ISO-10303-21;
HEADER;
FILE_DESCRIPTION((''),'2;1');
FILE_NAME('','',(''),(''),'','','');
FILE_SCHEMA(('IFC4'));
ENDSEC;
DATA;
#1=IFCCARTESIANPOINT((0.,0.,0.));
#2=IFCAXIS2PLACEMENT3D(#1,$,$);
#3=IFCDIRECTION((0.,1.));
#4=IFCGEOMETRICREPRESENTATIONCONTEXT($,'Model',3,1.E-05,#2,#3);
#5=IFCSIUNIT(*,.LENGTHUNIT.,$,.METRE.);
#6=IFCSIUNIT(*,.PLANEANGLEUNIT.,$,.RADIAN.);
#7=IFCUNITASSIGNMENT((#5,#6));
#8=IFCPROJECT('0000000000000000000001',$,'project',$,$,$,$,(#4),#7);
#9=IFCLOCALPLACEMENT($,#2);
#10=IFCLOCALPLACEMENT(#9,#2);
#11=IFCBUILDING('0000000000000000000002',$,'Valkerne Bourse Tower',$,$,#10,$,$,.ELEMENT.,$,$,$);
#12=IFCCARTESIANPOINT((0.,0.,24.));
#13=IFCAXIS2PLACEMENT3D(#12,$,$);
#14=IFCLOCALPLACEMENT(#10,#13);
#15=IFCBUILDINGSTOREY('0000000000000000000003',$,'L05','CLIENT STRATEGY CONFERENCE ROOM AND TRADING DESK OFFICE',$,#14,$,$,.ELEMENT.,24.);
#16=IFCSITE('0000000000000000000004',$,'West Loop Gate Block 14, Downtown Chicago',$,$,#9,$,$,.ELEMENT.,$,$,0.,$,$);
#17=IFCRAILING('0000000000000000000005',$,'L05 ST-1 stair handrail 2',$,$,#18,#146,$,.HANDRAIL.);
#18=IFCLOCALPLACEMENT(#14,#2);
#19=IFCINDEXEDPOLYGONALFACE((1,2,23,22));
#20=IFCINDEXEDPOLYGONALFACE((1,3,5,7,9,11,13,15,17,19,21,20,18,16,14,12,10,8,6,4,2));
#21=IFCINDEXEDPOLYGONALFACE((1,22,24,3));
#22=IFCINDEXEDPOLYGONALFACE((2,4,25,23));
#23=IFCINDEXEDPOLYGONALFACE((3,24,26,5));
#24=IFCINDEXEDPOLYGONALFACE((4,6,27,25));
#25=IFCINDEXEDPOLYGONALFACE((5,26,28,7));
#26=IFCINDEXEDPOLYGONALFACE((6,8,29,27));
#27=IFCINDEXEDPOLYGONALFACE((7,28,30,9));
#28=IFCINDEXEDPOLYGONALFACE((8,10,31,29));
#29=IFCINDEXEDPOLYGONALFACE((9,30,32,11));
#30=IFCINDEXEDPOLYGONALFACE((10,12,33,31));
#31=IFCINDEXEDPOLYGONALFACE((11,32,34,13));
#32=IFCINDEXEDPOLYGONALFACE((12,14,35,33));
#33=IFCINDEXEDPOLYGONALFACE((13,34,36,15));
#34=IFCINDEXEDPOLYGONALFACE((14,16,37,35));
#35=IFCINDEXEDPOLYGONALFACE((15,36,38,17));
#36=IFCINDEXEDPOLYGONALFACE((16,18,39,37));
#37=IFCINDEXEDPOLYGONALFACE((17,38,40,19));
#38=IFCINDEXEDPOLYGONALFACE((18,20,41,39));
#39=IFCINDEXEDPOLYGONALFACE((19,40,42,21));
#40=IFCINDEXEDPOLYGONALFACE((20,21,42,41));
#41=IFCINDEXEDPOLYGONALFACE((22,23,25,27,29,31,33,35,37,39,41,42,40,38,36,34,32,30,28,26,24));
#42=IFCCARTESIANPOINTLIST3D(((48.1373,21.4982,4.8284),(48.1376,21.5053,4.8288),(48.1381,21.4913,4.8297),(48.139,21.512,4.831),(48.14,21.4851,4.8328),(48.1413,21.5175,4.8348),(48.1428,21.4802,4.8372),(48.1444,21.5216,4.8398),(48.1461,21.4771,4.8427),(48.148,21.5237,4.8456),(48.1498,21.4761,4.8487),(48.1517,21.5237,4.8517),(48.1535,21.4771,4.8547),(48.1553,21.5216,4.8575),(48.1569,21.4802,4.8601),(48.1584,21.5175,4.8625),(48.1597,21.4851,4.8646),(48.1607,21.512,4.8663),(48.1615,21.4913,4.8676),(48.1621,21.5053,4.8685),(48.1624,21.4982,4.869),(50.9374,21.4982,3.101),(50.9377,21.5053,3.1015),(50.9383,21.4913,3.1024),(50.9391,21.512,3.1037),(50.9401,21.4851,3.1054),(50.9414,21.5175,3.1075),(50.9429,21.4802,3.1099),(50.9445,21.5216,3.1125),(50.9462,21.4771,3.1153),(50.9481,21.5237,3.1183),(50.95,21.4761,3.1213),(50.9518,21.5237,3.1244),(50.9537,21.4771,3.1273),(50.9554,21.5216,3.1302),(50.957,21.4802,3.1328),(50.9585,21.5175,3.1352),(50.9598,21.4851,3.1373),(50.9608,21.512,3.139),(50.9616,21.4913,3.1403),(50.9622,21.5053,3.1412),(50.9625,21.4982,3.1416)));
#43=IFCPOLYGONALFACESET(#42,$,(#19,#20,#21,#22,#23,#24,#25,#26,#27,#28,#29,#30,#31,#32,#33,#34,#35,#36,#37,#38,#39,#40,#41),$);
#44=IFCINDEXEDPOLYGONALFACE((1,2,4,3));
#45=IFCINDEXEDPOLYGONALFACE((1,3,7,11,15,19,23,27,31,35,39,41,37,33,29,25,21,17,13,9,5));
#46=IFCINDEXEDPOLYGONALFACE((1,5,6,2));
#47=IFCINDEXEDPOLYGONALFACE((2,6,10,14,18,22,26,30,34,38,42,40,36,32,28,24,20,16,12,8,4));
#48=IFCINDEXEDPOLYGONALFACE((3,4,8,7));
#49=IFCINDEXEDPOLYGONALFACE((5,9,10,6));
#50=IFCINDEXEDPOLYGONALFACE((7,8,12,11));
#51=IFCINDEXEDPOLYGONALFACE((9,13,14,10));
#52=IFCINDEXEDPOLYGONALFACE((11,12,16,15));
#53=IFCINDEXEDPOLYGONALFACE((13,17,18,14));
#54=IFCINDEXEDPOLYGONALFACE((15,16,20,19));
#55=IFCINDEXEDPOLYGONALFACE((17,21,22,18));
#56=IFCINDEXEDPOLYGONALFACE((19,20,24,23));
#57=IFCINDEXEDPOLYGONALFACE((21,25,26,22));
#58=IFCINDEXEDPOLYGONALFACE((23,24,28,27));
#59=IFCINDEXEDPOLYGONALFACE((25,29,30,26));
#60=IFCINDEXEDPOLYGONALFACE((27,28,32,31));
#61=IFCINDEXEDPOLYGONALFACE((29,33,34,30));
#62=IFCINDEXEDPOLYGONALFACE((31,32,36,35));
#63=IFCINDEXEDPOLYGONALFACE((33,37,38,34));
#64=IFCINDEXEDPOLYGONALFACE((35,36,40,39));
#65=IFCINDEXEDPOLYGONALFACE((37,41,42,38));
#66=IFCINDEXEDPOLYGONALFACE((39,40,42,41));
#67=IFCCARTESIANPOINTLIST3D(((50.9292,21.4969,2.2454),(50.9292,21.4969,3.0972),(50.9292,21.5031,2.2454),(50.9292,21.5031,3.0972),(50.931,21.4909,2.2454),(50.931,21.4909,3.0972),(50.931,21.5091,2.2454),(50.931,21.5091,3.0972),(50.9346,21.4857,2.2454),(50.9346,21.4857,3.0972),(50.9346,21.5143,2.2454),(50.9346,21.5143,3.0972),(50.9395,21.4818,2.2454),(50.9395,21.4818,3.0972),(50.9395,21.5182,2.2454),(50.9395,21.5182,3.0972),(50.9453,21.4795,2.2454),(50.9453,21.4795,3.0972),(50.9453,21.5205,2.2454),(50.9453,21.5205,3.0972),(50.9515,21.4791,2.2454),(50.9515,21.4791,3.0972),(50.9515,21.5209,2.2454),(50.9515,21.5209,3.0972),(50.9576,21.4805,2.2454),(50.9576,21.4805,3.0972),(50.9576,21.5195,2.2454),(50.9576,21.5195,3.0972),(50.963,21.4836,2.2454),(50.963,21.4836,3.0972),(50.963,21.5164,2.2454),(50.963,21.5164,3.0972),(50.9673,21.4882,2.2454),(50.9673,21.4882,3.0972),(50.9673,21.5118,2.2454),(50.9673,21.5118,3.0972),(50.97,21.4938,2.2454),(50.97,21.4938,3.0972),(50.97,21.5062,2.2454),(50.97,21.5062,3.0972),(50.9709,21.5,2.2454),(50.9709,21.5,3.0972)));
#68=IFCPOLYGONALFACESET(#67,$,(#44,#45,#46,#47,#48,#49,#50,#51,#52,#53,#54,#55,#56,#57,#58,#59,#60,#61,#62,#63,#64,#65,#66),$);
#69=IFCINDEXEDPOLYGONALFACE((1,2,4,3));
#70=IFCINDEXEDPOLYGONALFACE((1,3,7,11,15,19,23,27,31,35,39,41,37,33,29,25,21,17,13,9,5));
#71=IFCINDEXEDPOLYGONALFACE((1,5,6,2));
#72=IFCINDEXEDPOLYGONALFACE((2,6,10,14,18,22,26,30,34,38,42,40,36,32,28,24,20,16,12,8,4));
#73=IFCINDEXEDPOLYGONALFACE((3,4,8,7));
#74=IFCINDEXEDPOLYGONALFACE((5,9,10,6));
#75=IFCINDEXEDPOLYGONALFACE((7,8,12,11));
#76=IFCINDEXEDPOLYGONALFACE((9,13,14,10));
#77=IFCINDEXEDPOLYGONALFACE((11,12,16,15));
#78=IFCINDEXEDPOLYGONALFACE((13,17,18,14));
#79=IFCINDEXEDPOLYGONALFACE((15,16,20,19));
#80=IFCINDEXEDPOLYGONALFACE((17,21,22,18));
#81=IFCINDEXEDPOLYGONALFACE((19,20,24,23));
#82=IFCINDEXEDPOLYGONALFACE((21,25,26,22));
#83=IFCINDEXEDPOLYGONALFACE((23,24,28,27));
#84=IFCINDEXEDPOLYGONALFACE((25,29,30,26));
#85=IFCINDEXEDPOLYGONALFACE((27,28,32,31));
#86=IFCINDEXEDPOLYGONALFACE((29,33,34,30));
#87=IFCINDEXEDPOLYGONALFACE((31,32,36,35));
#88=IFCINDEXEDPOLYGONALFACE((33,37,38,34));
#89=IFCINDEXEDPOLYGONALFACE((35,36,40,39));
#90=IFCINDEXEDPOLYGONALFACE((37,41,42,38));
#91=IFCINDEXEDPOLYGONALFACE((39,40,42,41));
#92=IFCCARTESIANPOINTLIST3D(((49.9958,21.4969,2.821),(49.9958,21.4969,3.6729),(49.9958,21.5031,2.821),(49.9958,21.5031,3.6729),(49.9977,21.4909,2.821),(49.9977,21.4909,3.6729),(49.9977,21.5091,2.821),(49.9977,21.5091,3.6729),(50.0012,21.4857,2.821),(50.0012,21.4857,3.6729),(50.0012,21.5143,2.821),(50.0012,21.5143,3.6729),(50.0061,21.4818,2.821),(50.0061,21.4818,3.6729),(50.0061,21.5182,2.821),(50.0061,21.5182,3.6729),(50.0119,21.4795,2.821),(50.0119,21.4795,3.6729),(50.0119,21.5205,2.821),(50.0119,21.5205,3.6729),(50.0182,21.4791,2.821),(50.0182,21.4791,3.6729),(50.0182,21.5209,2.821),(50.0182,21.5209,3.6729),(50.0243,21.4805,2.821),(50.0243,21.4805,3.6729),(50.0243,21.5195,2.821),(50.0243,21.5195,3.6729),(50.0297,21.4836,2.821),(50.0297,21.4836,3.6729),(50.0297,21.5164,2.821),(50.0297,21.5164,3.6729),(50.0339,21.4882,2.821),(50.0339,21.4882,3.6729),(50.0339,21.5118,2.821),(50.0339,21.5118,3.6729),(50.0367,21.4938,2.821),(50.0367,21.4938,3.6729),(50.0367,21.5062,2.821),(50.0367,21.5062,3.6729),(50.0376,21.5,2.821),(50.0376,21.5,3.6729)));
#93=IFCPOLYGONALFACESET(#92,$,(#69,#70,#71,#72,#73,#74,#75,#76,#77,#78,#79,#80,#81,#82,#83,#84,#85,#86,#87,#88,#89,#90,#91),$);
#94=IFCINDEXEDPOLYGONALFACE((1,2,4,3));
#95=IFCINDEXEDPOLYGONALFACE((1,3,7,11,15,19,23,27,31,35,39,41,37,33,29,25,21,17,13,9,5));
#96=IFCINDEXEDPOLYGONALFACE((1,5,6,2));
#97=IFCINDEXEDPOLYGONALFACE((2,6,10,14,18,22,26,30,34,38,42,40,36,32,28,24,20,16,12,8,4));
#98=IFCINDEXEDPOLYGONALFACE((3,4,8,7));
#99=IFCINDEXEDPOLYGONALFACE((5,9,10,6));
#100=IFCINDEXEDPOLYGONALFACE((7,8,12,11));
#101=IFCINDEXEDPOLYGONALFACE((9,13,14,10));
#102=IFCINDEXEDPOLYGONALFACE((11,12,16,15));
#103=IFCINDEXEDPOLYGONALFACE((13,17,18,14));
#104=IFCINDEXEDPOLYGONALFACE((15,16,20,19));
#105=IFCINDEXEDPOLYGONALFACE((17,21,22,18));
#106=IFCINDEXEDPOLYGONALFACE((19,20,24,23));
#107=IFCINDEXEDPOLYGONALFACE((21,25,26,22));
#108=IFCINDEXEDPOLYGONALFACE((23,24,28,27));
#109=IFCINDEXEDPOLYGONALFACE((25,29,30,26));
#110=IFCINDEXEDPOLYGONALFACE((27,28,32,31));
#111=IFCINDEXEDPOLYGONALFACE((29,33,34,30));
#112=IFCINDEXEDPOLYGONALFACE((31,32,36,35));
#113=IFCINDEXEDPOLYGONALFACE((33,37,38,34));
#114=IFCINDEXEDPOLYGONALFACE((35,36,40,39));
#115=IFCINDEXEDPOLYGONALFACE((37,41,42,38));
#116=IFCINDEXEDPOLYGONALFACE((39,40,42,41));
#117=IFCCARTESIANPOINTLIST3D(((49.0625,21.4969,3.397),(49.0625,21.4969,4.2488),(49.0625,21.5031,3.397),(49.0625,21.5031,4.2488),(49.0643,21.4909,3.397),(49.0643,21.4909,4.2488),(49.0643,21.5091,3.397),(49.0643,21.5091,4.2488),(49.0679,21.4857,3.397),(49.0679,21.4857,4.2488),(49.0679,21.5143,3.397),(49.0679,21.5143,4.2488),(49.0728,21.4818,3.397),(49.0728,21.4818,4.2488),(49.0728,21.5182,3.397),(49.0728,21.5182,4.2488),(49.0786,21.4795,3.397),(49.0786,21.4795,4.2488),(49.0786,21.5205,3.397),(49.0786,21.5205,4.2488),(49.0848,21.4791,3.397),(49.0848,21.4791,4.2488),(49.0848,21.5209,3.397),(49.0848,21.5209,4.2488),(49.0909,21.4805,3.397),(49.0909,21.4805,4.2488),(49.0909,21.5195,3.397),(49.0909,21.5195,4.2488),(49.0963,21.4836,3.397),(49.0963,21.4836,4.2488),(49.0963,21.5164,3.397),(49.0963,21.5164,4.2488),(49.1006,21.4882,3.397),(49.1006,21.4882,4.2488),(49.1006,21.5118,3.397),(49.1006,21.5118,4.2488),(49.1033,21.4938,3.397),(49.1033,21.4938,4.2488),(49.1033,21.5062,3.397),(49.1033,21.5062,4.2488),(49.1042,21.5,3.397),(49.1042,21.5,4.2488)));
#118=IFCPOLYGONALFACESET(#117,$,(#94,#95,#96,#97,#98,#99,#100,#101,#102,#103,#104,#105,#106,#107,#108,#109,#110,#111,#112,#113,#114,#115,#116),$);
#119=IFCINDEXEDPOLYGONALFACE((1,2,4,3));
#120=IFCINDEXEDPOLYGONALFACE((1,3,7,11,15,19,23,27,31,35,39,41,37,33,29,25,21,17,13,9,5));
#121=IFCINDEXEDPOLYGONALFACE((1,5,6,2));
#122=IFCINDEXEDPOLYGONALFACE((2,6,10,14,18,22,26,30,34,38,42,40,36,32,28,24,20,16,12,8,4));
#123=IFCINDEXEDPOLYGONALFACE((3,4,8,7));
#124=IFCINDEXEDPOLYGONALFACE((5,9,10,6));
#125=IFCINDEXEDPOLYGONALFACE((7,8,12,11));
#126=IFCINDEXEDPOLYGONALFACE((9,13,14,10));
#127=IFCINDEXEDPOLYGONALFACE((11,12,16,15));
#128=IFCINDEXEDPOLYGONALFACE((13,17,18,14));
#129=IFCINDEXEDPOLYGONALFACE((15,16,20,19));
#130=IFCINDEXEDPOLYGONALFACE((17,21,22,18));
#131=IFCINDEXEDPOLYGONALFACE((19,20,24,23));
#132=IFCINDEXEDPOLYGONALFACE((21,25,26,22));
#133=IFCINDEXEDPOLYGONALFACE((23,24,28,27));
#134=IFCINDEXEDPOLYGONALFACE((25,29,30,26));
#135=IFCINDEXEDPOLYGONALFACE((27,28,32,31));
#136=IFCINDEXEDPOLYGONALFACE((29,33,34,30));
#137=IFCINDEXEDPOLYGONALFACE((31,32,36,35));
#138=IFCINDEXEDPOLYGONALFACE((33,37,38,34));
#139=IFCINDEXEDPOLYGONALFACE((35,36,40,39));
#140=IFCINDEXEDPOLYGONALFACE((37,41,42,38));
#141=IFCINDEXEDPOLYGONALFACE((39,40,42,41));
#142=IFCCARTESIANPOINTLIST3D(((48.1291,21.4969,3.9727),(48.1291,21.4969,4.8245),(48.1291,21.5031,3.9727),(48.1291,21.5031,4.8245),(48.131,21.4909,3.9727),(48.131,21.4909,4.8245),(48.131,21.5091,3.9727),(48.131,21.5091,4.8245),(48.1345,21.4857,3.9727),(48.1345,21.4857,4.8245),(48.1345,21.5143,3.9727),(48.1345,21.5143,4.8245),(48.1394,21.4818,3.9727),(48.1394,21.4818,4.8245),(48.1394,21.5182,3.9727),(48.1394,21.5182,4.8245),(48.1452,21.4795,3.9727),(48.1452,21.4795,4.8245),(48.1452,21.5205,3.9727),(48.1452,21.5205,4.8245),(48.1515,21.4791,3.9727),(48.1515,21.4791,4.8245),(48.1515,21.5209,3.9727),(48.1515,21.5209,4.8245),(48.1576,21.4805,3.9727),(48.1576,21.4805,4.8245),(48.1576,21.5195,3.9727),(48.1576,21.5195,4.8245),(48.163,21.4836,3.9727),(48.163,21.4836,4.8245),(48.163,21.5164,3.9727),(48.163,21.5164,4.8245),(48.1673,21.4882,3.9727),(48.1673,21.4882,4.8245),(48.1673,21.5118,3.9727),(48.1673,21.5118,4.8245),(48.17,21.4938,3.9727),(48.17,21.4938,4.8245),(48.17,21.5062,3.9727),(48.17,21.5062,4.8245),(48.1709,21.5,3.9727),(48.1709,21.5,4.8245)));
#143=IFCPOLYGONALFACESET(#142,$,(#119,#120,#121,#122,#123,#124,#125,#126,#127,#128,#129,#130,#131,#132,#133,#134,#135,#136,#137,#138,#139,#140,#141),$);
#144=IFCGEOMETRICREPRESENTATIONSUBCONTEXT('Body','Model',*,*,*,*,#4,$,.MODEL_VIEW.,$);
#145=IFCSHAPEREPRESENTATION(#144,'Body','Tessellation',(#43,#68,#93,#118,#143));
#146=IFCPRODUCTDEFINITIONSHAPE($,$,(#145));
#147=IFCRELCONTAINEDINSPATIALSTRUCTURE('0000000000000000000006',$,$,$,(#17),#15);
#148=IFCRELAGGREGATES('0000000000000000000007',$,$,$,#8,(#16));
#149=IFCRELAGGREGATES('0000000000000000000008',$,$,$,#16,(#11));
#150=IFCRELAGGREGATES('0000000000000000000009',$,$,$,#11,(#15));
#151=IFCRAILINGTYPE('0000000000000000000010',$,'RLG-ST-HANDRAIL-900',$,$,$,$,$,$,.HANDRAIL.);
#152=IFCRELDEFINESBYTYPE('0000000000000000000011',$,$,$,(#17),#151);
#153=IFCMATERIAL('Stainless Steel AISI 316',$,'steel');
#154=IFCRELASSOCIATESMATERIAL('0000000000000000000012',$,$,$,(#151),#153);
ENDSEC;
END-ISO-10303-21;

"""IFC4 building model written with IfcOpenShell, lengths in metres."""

from ifc_helpers import new_model, si_unit, direction, frame, origin, origin_2d, place, context, subcontext, project, spatial, circle, extrude, material, type_object, element, save


model = new_model("IFC4")

# Units and contexts
model_context = context("Model", 3, precision=1e-05, world=origin(), true_north=direction((0.0, 1.0)))
body_context = subcontext(model_context, "Body", "Model", "MODEL_VIEW")
ifc_project = project(units=[si_unit("LENGTHUNIT", "METRE"), si_unit("PLANEANGLEUNIT", "RADIAN")], contexts=[model_context])

# Site, building, storey
site_placement = place(None, origin())
site = spatial("IfcSite", under=ifc_project, at=site_placement, Name="West Loop Gate Block 14, Downtown Chicago", CompositionType="ELEMENT", RefElevation=0.0)
building_placement = place(site_placement, origin())
building = spatial("IfcBuilding", under=site, at=building_placement, Name="Valkerne Bourse Tower", CompositionType="ELEMENT")
storey_placement = place(building_placement, frame((0.0, 0.0, 24.0)))
storey = spatial("IfcBuildingStorey", under=building, at=storey_placement, Name="L05", Description="CLIENT STRATEGY CONFERENCE ROOM AND TRADING DESK OFFICE", CompositionType="ELEMENT", Elevation=24.0)

# Railing
ifc_material_1 = material(Name="Stainless Steel AISI 316", Category="steel")
railing_type_1 = type_object("IfcRailingType", Name="RLG-ST-HANDRAIL-900", PredefinedType="HANDRAIL", material=ifc_material_1)
railing_1_placement = place(storey_placement, frame((50.95, 21.5, 2.2454)))
element("IfcRailing", 1, at=railing_1_placement, inside=storey, type_object=railing_type_1, Name="L05 ST-1 stair handrail 2", PredefinedType="HANDRAIL", context=body_context, shape_type="SweptSolid", body=[
    extrude(circle(Radius=0.0239, at=origin_2d()), frame((0.0, 0.0, 0.876), z_axis=(-0.85109, 0.0, 0.52502), x_axis=(0.0, -1.0, 0.0)), (0.0, 0.0, 1.0), 3.29),
    extrude(circle(Radius=0.021, at=origin_2d()), origin(), (0.0, 0.0, 1.0), 0.8518),
    extrude(circle(Radius=0.021, at=origin_2d()), frame((-0.9333, 0.0, 0.5757)), (0.0, 0.0, 1.0), 0.8518),
    extrude(circle(Radius=0.021, at=origin_2d()), frame((-1.8667, 0.0, 1.1516)), (0.0, 0.0, 1.0), 0.8518),
    extrude(circle(Radius=0.021, at=origin_2d()), frame((-2.8, 0.0, 1.7273)), (0.0, 0.0, 1.0), 0.8518),
])

save(model, "model.ifc")
